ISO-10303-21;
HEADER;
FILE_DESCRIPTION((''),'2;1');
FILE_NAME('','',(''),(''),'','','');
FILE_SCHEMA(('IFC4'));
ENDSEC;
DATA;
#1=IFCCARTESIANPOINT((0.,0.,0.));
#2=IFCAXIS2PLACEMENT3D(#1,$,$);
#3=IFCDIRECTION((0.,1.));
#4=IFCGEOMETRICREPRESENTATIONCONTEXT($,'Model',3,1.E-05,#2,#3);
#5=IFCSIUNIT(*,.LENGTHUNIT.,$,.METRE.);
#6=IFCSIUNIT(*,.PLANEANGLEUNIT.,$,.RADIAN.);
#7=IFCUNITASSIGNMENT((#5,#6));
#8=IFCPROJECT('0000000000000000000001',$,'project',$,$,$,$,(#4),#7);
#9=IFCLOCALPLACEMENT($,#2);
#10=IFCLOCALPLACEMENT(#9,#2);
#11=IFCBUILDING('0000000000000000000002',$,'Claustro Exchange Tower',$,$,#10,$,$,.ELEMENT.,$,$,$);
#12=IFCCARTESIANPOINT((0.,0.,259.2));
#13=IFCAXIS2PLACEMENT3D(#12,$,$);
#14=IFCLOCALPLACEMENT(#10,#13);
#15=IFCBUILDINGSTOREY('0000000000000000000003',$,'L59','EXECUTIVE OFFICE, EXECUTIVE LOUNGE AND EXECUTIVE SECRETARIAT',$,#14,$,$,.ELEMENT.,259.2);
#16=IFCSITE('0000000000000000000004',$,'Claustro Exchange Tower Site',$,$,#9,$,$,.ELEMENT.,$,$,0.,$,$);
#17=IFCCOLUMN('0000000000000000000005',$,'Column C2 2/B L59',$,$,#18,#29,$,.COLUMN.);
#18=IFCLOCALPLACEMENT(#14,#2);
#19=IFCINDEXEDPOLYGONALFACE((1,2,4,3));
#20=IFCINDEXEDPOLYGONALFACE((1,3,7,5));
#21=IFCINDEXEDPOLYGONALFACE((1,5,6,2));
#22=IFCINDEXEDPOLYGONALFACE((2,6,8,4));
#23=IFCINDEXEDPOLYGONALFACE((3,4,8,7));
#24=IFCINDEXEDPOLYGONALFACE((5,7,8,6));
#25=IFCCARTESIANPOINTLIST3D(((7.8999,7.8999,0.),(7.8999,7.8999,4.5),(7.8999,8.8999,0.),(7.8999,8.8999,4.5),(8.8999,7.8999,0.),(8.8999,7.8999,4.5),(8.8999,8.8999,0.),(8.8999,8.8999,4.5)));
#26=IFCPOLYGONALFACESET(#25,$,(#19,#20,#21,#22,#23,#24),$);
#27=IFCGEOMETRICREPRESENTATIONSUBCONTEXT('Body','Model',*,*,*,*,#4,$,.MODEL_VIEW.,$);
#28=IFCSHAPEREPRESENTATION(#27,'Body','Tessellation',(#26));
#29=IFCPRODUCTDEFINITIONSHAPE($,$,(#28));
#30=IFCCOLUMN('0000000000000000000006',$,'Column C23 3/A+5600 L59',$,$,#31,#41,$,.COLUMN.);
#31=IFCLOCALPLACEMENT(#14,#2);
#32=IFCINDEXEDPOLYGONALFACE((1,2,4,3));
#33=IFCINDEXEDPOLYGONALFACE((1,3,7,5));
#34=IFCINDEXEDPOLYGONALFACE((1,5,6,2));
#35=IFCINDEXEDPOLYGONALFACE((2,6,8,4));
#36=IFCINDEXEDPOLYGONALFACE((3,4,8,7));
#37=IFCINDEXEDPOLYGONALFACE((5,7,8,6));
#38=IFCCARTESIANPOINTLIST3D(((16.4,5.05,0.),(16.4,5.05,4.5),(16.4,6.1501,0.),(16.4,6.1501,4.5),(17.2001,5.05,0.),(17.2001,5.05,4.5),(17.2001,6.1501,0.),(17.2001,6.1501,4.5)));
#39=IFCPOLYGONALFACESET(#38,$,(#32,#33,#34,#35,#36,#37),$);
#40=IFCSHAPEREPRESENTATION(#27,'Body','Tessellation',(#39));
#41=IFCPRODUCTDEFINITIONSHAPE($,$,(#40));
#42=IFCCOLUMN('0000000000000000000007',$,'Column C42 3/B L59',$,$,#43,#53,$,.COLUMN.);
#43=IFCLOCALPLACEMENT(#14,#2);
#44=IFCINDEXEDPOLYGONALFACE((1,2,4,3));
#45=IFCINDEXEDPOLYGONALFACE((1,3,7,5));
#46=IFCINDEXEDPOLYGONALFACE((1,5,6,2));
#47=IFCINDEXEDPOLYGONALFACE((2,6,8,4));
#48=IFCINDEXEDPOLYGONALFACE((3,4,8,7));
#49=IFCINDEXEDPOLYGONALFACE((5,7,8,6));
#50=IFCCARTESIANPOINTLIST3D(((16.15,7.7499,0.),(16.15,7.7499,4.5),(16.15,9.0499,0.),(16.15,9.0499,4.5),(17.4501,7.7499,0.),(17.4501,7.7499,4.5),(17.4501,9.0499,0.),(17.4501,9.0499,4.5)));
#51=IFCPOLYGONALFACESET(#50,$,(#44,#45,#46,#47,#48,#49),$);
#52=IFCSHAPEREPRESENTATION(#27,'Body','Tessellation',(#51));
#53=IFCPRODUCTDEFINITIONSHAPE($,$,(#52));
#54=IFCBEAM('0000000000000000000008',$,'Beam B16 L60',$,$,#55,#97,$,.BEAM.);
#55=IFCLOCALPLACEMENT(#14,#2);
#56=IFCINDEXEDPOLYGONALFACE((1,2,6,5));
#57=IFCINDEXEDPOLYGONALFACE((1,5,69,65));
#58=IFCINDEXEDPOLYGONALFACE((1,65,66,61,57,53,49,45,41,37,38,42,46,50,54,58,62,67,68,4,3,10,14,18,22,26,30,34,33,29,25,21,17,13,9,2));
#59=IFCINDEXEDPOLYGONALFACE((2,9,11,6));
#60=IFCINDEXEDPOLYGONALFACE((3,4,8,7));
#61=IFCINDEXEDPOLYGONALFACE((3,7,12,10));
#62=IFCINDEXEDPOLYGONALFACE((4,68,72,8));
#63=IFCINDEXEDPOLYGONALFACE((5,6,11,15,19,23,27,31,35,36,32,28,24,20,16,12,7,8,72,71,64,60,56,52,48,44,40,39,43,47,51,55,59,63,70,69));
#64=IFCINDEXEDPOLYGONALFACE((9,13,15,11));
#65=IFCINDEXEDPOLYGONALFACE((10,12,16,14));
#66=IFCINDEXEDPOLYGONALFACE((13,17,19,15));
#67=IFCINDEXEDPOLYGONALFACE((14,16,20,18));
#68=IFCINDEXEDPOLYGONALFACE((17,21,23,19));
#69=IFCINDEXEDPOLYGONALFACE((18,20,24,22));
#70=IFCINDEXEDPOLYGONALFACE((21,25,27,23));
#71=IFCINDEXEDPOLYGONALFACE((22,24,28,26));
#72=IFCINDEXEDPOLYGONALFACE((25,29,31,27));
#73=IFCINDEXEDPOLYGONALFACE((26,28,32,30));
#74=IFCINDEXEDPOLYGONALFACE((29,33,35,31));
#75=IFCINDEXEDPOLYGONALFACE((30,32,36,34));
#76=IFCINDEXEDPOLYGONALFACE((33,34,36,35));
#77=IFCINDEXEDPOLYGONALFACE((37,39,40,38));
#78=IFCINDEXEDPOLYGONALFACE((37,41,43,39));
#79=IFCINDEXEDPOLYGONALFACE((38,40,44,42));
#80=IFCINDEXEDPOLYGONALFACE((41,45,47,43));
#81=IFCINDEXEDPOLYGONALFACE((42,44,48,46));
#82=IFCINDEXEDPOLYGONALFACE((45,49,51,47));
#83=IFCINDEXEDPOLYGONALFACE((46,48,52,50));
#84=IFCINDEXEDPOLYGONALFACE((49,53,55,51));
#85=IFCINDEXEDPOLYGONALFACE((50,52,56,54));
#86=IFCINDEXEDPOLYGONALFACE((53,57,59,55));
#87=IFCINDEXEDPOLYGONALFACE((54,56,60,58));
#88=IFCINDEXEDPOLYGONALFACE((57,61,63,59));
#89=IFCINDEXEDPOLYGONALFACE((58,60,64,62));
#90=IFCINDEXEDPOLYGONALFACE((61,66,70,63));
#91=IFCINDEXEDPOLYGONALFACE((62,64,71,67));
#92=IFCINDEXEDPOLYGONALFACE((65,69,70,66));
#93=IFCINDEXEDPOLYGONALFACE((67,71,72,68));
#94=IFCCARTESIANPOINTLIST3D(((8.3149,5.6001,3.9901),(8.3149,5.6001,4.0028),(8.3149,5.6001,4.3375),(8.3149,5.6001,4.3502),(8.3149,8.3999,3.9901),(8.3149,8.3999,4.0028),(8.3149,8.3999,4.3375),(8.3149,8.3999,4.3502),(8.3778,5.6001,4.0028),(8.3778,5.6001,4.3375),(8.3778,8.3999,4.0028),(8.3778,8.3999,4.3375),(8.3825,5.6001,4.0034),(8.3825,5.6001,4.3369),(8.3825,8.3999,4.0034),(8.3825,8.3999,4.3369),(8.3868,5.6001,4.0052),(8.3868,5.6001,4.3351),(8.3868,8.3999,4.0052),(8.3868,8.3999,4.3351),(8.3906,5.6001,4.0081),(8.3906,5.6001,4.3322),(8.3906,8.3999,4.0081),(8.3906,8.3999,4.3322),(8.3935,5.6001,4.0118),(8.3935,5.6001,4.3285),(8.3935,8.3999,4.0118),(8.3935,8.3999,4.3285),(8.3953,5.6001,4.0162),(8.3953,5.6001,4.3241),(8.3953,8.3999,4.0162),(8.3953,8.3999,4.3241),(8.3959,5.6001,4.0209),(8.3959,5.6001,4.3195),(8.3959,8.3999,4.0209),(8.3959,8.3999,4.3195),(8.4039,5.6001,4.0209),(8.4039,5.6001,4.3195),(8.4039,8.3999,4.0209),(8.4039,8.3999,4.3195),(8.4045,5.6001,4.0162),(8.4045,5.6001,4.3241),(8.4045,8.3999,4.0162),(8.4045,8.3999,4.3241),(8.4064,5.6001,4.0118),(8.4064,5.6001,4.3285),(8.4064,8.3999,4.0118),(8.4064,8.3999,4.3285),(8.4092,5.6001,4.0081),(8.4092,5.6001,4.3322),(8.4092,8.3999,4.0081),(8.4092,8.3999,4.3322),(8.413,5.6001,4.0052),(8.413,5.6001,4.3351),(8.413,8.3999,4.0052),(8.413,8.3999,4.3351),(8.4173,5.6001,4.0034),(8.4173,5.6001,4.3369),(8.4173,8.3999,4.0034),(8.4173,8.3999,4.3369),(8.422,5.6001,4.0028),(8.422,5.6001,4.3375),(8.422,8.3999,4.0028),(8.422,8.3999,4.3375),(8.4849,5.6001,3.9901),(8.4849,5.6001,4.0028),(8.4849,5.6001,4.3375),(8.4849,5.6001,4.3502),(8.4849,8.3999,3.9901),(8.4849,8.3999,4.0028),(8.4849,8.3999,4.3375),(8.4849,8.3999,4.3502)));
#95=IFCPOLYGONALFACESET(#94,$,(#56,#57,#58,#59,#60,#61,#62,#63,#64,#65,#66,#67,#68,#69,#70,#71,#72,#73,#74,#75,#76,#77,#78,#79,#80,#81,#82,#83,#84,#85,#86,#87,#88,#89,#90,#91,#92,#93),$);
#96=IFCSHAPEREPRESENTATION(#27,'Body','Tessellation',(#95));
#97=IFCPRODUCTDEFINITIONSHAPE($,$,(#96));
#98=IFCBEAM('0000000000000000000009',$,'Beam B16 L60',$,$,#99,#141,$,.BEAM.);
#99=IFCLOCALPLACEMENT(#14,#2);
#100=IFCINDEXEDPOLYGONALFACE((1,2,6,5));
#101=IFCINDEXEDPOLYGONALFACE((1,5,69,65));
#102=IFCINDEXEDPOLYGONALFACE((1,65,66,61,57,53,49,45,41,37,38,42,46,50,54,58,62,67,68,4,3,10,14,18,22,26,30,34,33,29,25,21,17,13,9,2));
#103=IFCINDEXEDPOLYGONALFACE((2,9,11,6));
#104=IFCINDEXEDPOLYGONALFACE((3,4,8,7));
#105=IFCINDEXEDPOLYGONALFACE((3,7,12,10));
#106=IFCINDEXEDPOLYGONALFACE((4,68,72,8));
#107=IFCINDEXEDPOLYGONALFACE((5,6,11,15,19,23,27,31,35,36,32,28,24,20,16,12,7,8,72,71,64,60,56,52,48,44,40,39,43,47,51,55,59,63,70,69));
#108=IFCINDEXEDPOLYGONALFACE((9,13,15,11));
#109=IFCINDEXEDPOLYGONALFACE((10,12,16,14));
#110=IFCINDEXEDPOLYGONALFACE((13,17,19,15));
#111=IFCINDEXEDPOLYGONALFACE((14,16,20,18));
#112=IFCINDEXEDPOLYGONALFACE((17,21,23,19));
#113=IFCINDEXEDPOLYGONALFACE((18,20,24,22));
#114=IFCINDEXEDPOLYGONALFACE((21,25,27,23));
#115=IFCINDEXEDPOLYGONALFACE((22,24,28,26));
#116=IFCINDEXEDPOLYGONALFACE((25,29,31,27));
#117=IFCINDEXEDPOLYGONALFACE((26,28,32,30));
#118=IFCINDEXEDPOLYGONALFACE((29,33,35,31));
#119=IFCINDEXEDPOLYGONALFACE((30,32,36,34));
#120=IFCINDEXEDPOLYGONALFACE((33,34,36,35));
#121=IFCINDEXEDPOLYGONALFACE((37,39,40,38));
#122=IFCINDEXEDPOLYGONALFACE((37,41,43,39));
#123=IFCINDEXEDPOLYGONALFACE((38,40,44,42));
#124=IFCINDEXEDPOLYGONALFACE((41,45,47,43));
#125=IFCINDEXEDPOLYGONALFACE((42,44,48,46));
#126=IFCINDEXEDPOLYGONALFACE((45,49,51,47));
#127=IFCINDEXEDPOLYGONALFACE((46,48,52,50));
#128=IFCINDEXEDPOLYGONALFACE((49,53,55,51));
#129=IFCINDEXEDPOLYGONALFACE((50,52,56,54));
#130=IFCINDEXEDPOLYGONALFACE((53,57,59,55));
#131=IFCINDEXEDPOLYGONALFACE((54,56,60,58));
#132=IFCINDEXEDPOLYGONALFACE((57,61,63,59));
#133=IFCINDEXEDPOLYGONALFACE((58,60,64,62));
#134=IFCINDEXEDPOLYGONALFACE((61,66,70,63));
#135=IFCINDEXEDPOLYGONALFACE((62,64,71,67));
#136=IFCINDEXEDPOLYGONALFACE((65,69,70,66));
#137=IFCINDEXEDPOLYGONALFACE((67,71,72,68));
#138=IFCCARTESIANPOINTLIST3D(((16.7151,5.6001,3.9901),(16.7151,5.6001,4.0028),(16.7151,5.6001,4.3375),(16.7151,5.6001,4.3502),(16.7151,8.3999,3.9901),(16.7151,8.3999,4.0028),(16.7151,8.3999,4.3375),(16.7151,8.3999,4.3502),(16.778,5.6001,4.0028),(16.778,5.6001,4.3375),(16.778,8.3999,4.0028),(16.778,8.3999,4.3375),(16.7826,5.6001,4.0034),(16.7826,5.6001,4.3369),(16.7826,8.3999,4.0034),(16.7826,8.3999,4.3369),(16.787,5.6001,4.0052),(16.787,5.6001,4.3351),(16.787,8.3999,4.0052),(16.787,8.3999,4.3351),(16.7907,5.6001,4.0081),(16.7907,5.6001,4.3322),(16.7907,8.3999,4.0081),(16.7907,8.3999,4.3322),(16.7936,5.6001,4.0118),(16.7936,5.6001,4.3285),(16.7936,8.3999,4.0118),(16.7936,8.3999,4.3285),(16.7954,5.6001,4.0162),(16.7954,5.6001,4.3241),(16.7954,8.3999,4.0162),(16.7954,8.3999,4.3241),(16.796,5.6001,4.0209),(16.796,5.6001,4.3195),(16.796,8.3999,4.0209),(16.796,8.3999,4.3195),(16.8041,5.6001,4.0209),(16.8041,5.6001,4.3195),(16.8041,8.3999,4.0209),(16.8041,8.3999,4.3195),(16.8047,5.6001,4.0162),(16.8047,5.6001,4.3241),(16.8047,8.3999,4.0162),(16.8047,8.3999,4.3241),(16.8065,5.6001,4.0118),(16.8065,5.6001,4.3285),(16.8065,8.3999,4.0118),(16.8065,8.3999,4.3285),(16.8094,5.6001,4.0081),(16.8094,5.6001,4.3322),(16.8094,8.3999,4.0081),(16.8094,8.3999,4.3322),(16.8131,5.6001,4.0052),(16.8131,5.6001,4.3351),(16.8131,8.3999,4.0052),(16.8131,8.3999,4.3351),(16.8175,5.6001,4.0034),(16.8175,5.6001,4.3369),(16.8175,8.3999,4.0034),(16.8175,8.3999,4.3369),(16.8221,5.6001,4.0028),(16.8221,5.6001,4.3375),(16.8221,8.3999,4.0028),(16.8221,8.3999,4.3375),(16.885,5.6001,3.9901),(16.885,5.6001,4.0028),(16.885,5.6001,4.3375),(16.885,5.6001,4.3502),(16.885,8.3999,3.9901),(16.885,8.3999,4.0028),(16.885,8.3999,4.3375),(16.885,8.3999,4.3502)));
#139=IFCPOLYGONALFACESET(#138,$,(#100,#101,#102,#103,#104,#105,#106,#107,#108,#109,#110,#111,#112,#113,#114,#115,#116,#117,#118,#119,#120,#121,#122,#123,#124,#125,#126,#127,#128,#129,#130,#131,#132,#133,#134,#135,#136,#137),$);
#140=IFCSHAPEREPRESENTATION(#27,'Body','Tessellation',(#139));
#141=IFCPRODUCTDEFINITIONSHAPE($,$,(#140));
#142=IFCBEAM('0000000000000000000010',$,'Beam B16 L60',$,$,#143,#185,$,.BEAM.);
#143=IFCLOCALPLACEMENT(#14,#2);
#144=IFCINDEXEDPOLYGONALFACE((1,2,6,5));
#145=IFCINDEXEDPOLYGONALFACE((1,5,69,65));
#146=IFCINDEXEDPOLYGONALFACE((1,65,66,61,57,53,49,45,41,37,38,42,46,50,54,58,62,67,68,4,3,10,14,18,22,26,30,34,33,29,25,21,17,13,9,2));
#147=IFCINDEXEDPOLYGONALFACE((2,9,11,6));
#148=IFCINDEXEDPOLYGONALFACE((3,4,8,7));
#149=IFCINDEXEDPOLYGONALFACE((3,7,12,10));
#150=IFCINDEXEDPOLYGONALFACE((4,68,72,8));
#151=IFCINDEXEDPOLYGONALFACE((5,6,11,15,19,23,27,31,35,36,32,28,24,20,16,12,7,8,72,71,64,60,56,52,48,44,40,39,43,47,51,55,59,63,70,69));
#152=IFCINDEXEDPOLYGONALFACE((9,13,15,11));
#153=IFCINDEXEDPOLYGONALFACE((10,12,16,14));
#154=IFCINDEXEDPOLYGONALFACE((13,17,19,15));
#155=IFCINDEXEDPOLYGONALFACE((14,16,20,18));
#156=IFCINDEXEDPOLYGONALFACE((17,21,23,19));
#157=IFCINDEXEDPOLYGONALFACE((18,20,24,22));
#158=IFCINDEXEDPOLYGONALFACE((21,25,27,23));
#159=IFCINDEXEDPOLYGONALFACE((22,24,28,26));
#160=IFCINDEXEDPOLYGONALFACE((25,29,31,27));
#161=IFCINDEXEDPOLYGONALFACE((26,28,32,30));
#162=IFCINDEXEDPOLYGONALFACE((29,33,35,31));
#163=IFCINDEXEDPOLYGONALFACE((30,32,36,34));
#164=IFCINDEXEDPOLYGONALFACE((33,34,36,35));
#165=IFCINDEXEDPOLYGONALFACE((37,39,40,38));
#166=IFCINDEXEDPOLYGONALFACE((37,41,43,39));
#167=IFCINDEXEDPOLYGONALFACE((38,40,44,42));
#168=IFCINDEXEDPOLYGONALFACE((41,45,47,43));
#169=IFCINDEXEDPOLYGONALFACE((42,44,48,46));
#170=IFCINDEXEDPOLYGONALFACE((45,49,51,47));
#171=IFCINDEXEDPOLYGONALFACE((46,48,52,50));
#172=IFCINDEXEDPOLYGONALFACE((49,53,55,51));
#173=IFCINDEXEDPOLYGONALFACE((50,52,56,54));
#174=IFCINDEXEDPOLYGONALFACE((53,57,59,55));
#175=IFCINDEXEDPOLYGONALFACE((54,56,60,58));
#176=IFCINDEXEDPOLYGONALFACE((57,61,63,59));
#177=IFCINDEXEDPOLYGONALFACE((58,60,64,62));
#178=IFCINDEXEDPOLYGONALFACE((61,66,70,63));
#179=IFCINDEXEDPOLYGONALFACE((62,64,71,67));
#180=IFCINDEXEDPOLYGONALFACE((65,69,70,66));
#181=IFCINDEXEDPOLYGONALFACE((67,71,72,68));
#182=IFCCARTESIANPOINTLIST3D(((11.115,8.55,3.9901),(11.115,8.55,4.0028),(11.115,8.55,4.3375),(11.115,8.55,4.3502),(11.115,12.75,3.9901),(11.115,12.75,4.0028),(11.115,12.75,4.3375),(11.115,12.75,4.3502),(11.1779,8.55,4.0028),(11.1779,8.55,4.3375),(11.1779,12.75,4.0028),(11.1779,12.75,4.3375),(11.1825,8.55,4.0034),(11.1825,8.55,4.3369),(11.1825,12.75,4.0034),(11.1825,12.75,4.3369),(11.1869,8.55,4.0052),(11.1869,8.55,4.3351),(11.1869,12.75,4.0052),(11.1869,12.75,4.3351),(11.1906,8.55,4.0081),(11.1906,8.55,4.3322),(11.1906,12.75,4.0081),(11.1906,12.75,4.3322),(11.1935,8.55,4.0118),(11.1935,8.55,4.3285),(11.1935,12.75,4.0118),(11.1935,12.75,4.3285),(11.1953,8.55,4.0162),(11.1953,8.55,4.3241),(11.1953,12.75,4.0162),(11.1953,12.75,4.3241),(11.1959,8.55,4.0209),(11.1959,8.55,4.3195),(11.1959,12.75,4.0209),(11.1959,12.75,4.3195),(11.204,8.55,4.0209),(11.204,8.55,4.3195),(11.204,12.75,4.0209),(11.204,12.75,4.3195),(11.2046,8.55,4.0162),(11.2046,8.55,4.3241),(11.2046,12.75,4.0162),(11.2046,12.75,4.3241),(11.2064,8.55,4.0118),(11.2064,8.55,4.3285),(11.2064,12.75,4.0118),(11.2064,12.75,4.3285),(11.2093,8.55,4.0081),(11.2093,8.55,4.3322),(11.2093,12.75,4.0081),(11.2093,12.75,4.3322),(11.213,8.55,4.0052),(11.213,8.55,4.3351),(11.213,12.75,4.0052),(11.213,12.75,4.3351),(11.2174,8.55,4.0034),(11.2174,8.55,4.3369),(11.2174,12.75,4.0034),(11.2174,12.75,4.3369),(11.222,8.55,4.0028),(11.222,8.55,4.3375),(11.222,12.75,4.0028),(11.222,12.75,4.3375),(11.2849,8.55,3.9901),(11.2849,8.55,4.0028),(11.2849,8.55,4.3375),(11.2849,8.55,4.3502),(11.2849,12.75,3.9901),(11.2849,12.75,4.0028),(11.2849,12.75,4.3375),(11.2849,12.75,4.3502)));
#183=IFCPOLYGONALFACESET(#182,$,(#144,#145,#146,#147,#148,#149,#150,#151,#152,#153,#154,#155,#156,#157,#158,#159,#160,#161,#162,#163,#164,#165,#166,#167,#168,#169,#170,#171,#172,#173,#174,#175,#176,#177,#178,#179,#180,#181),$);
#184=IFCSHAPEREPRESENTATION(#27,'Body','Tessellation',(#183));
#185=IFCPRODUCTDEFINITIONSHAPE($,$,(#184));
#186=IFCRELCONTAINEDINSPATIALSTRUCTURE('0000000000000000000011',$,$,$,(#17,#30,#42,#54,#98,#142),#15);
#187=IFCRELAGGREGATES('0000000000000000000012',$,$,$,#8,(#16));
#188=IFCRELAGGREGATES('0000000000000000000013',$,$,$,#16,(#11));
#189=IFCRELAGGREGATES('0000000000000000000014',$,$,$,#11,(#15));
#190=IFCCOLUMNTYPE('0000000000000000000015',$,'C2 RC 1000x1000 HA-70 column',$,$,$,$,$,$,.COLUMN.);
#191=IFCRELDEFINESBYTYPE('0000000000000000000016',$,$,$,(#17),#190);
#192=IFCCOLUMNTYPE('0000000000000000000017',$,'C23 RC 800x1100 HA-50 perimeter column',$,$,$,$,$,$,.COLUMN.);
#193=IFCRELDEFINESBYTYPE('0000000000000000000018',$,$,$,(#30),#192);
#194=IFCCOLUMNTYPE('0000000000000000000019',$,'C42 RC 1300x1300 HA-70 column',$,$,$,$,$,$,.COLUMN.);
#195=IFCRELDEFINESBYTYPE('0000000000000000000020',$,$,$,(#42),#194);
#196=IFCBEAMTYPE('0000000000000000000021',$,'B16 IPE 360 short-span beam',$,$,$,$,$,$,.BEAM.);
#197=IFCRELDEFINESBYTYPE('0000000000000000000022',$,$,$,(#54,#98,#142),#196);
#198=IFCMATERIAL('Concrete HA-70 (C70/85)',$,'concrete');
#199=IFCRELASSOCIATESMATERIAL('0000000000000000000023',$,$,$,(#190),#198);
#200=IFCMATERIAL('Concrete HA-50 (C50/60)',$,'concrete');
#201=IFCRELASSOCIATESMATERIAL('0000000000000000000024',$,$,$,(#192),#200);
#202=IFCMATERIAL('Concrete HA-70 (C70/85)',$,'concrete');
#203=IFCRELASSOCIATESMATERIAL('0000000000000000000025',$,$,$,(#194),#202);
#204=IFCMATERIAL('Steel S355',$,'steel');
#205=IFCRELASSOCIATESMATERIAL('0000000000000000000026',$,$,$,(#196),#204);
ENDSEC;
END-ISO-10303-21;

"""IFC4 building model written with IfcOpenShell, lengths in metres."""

from ifc_helpers import new_model, si_unit, direction, frame, origin, origin_2d, place, context, subcontext, project, spatial, rectangle, i_section, extrude, material, material_profile, profile_set, type_object, element, save


model = new_model("IFC4")

# Units and contexts
model_context = context("Model", 3, precision=1e-05, world=origin(), true_north=direction((0.0, 1.0)))
body_context = subcontext(model_context, "Body", "Model", "MODEL_VIEW")
ifc_project = project(units=[si_unit("LENGTHUNIT", "METRE"), si_unit("PLANEANGLEUNIT", "RADIAN")], contexts=[model_context])

# Site, building, storey
site_placement = place(None, origin())
site = spatial("IfcSite", under=ifc_project, at=site_placement, Name="Claustro Exchange Tower Site", CompositionType="ELEMENT", RefElevation=0.0)
building_placement = place(site_placement, origin())
building = spatial("IfcBuilding", under=site, at=building_placement, Name="Claustro Exchange Tower", CompositionType="ELEMENT")
storey_placement = place(building_placement, frame((0.0, 0.0, 259.2)))
storey = spatial("IfcBuildingStorey", under=building, at=storey_placement, Name="L59", Description="EXECUTIVE OFFICE, EXECUTIVE LOUNGE AND EXECUTIVE SECRETARIAT", CompositionType="ELEMENT", Elevation=259.2)

# Columns
ifc_material_1 = material(Name="Concrete HA-70 (C70/85)", Category="concrete")
ifc_material_profile_1 = material_profile(ifc_material_1, rectangle(XDim=1.0, YDim=1.0, at=origin_2d()), Name="RC 1000x1000")
ifc_profile_set_1 = profile_set([ifc_material_profile_1], Name="Concrete HA-70 (C70/85)")
column_type_1 = type_object("IfcColumnType", Name="C2 RC 1000x1000 HA-70 column", PredefinedType="COLUMN", material=ifc_profile_set_1)
column_1_placement = place(storey_placement, frame((8.3999, 8.3999, 0.0), z_axis=(0.0, 0.0, 1.0), x_axis=(1.0, 0.0, 0.0)))
element("IfcColumn", 1, at=column_1_placement, inside=storey, type_object=column_type_1, Name="Column C2 2/B L59", PredefinedType="COLUMN", context=body_context, shape_type="SweptSolid", body=[
    extrude(rectangle(XDim=1.0, YDim=1.0, at=origin_2d()), origin(), (0.0, 0.0, 1.0), 4.5),
])
ifc_material_2 = material(Name="Concrete HA-50 (C50/60)", Category="concrete")
ifc_material_profile_2 = material_profile(ifc_material_2, rectangle(XDim=0.8, YDim=1.1001, at=origin_2d()), Name="RC 800x1100")
ifc_profile_set_2 = profile_set([ifc_material_profile_2], Name="Concrete HA-50 (C50/60)")
column_type_2 = type_object("IfcColumnType", Name="C23 RC 800x1100 HA-50 perimeter column", PredefinedType="COLUMN", material=ifc_profile_set_2)
column_2_placement = place(storey_placement, frame((16.8, 5.6001, 0.0), z_axis=(0.0, 0.0, 1.0), x_axis=(1.0, 0.0, 0.0)))
element("IfcColumn", 2, at=column_2_placement, inside=storey, type_object=column_type_2, Name="Column C23 3/A+5600 L59", PredefinedType="COLUMN", context=body_context, shape_type="SweptSolid", body=[
    extrude(rectangle(XDim=0.8, YDim=1.1001, at=origin_2d()), origin(), (0.0, 0.0, 1.0), 4.5),
])
ifc_material_3 = material(Name="Concrete HA-70 (C70/85)", Category="concrete")
ifc_material_profile_3 = material_profile(ifc_material_3, rectangle(XDim=1.3, YDim=1.3, at=origin_2d()), Name="RC 1300x1300")
ifc_profile_set_3 = profile_set([ifc_material_profile_3], Name="Concrete HA-70 (C70/85)")
column_type_3 = type_object("IfcColumnType", Name="C42 RC 1300x1300 HA-70 column", PredefinedType="COLUMN", material=ifc_profile_set_3)
column_3_placement = place(storey_placement, frame((16.8, 8.3999, 0.0), z_axis=(0.0, 0.0, 1.0), x_axis=(1.0, 0.0, 0.0)))
element("IfcColumn", 3, at=column_3_placement, inside=storey, type_object=column_type_3, Name="Column C42 3/B L59", PredefinedType="COLUMN", context=body_context, shape_type="SweptSolid", body=[
    extrude(rectangle(XDim=1.3, YDim=1.3, at=origin_2d()), origin(), (0.0, 0.0, 1.0), 4.5),
])

# Beams
ifc_material_4 = material(Name="Steel S355", Category="steel")
ifc_material_profile_4 = material_profile(ifc_material_4, i_section(OverallWidth=0.1699, OverallDepth=0.3601, WebThickness=0.0081, FlangeThickness=0.0127, FilletRadius=0.0181, at=origin_2d()), Name="IPE 360")
ifc_profile_set_4 = profile_set([ifc_material_profile_4], Name="Steel S355")
beam_type_1 = type_object("IfcBeamType", Name="B16 IPE 360 short-span beam", PredefinedType="BEAM", material=ifc_profile_set_4)
for number, where, z_axis, x_axis, name in (
    (4, (8.3999, 5.6001, 4.1702), (0.0, 1.0, 0.0), (-1.0, 0.0, 0.0), "Beam B16 L60"),
    (5, (16.8, 5.6001, 4.1702), (0.0, 1.0, 0.0), (-1.0, 0.0, 0.0), "Beam B16 L60"),
):
    element("IfcBeam", number, at=place(storey_placement, frame(where, z_axis=z_axis, x_axis=x_axis)), inside=storey, type_object=beam_type_1, Name=name, PredefinedType="BEAM", context=body_context, shape_type="SweptSolid", body=[
        extrude(i_section(OverallWidth=0.1699, OverallDepth=0.3601, WebThickness=0.0081, FlangeThickness=0.0127, FilletRadius=0.0181, at=origin_2d()), origin(), (0.0, 0.0, 1.0), 2.7998),
    ])
for number, where, z_axis, x_axis, name in (
    (6, (11.2, 8.55, 4.1702), (0.0, 1.0, 0.0), (-1.0, 0.0, 0.0), "Beam B16 L60"),
):
    element("IfcBeam", number, at=place(storey_placement, frame(where, z_axis=z_axis, x_axis=x_axis)), inside=storey, type_object=beam_type_1, Name=name, PredefinedType="BEAM", context=body_context, shape_type="SweptSolid", body=[
        extrude(i_section(OverallWidth=0.1699, OverallDepth=0.3601, WebThickness=0.0081, FlangeThickness=0.0127, FilletRadius=0.0181, at=origin_2d()), origin(), (0.0, 0.0, 1.0), 4.2),
    ])

save(model, "model.ifc")
